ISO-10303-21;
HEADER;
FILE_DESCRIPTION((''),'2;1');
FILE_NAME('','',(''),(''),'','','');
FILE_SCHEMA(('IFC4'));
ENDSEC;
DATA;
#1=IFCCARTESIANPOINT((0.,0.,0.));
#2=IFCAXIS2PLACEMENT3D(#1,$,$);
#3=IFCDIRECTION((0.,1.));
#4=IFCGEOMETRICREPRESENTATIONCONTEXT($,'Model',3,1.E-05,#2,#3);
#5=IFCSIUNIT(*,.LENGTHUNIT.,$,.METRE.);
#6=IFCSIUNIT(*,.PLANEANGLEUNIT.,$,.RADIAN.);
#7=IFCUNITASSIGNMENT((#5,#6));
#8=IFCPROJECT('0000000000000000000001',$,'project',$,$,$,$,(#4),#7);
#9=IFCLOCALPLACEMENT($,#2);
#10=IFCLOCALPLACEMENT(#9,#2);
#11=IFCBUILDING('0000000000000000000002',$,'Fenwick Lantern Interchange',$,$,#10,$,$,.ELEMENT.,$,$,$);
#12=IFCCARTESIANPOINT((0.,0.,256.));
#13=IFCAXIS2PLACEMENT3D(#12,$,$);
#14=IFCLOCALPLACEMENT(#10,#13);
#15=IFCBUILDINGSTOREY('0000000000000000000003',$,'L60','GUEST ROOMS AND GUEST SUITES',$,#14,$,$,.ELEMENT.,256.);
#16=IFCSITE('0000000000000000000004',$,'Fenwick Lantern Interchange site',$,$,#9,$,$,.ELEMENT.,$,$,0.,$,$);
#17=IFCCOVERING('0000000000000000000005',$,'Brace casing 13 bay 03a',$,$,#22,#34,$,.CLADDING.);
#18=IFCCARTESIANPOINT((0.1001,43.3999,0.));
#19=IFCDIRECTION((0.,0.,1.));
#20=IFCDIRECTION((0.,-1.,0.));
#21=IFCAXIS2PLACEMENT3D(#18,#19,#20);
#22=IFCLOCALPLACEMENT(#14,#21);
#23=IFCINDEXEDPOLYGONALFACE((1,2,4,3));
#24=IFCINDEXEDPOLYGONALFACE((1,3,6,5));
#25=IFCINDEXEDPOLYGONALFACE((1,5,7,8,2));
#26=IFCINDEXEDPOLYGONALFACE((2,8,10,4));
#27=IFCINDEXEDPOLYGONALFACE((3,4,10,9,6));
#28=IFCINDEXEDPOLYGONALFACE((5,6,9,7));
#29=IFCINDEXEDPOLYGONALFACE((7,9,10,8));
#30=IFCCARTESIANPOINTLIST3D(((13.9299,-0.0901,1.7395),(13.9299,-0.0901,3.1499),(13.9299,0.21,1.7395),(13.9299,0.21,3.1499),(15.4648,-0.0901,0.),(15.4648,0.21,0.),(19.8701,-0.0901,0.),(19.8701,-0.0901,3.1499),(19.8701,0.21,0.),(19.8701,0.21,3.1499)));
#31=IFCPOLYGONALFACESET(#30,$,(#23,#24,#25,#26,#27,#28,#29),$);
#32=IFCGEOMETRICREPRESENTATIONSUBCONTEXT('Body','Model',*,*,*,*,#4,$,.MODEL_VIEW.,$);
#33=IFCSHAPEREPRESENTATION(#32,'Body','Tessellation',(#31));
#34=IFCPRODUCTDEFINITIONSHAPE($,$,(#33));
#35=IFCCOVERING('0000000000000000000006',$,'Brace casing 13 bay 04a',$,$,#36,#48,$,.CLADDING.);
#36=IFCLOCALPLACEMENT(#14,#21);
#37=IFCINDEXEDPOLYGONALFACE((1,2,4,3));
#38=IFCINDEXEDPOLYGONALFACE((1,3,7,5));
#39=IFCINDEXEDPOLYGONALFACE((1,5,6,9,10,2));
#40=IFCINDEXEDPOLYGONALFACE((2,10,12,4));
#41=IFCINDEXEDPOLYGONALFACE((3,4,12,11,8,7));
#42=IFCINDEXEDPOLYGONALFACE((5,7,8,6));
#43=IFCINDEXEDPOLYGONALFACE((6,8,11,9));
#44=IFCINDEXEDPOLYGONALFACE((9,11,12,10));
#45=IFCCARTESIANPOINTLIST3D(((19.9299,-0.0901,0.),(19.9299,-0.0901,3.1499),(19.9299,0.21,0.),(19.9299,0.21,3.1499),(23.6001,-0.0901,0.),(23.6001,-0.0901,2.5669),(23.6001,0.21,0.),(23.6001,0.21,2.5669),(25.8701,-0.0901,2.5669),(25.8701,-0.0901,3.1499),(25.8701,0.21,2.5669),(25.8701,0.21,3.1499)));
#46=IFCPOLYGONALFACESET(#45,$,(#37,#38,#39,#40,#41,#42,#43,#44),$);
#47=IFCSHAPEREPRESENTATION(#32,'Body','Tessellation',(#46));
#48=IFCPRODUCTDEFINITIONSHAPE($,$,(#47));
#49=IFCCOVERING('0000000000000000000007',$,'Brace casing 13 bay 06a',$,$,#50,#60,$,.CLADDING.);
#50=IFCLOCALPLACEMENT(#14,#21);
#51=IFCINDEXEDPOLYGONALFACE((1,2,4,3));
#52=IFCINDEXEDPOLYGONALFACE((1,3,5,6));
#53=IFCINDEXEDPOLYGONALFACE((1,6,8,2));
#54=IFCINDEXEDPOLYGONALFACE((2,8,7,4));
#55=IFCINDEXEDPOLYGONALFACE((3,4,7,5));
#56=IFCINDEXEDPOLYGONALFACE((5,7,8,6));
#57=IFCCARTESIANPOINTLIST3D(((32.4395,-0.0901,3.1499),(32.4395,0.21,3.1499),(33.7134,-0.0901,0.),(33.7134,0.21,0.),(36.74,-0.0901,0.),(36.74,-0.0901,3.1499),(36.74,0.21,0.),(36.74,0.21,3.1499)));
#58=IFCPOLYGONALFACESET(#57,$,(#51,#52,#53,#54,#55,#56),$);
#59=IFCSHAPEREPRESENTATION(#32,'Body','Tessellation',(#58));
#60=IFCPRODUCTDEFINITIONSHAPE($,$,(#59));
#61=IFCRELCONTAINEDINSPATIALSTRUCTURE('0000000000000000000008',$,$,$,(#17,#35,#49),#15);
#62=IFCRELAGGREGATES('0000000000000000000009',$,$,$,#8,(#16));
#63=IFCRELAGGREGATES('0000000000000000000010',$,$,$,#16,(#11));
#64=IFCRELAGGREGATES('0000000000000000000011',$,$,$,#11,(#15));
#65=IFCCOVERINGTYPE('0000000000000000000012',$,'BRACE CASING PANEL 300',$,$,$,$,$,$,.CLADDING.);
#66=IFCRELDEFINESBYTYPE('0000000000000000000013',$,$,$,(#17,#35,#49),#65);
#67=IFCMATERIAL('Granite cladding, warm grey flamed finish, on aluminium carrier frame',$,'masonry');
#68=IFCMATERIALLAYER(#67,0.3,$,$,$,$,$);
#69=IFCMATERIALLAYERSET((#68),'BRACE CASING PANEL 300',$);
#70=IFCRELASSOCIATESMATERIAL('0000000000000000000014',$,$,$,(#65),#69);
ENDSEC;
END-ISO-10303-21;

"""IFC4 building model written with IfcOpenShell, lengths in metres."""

from ifc_helpers import new_model, si_unit, direction, frame, origin, place, context, subcontext, project, spatial, polyline, outline, extrude, material, layer, layer_set, type_object, element, save


model = new_model("IFC4")

# Units and contexts
model_context = context("Model", 3, precision=1e-05, world=origin(), true_north=direction((0.0, 1.0)))
body_context = subcontext(model_context, "Body", "Model", "MODEL_VIEW")
ifc_project = project(units=[si_unit("LENGTHUNIT", "METRE"), si_unit("PLANEANGLEUNIT", "RADIAN")], contexts=[model_context])

# Site, building, storey
site_placement = place(None, origin())
site = spatial("IfcSite", under=ifc_project, at=site_placement, Name="Fenwick Lantern Interchange site", CompositionType="ELEMENT", RefElevation=0.0)
building_placement = place(site_placement, origin())
building = spatial("IfcBuilding", under=site, at=building_placement, Name="Fenwick Lantern Interchange", CompositionType="ELEMENT")
storey_placement = place(building_placement, frame((0.0, 0.0, 256.0)))
storey = spatial("IfcBuildingStorey", under=building, at=storey_placement, Name="L60", Description="GUEST ROOMS AND GUEST SUITES", CompositionType="ELEMENT", Elevation=256.0)

# Coverings
ifc_material_1 = material(Name="Granite cladding, warm grey flamed finish, on aluminium carrier frame", Category="masonry")
ifc_layer_1 = layer(ifc_material_1, 0.3)
ifc_layer_set_1 = layer_set([ifc_layer_1], Name="BRACE CASING PANEL 300")
covering_type = type_object("IfcCoveringType", Name="BRACE CASING PANEL 300", PredefinedType="CLADDING", material=ifc_layer_set_1)
covering_1_placement = place(storey_placement, frame((0.1001, 43.3999, 0.0), z_axis=(0.0, 0.0, 1.0), x_axis=(0.0, -1.0, 0.0)))
element("IfcCovering", 1, at=covering_1_placement, inside=storey, type_object=covering_type, Name="Brace casing 13 bay 03a", PredefinedType="CLADDING", context=body_context, shape_type="SweptSolid", body=[
    extrude(outline(polyline([(15.4648, 0.0), (19.8701, 0.0), (19.8701, 3.1499), (13.9299, 3.1499), (13.9299, 1.7395), (15.4648, 0.0)])), frame((0.0, 0.21, 0.0), z_axis=(0.0, -1.0, 0.0), x_axis=(1.0, 0.0, 0.0)), (0.0, 0.0, 1.0), 0.3),
])
covering_2_placement = place(storey_placement, frame((0.1001, 43.3999, 0.0), z_axis=(0.0, 0.0, 1.0), x_axis=(0.0, -1.0, 0.0)))
element("IfcCovering", 2, at=covering_2_placement, inside=storey, type_object=covering_type, Name="Brace casing 13 bay 04a", PredefinedType="CLADDING", context=body_context, shape_type="SweptSolid", body=[
    extrude(outline(polyline([(19.9299, 0.0), (23.6001, 0.0), (23.6001, 2.5669), (25.8701, 2.5669), (25.8701, 3.1499), (19.9299, 3.1499), (19.9299, 0.0)])), frame((0.0, 0.21, 0.0), z_axis=(0.0, -1.0, 0.0), x_axis=(1.0, 0.0, 0.0)), (0.0, 0.0, 1.0), 0.3),
])
covering_3_placement = place(storey_placement, frame((0.1001, 43.3999, 0.0), z_axis=(0.0, 0.0, 1.0), x_axis=(0.0, -1.0, 0.0)))
element("IfcCovering", 3, at=covering_3_placement, inside=storey, type_object=covering_type, Name="Brace casing 13 bay 06a", PredefinedType="CLADDING", context=body_context, shape_type="SweptSolid", body=[
    extrude(outline(polyline([(33.7134, 0.0), (36.74, 0.0), (36.74, 3.1499), (32.4395, 3.1499), (33.7134, 0.0)])), frame((0.0, 0.21, 0.0), z_axis=(0.0, -1.0, 0.0), x_axis=(1.0, 0.0, 0.0)), (0.0, 0.0, 1.0), 0.3),
])

save(model, "model.ifc")
